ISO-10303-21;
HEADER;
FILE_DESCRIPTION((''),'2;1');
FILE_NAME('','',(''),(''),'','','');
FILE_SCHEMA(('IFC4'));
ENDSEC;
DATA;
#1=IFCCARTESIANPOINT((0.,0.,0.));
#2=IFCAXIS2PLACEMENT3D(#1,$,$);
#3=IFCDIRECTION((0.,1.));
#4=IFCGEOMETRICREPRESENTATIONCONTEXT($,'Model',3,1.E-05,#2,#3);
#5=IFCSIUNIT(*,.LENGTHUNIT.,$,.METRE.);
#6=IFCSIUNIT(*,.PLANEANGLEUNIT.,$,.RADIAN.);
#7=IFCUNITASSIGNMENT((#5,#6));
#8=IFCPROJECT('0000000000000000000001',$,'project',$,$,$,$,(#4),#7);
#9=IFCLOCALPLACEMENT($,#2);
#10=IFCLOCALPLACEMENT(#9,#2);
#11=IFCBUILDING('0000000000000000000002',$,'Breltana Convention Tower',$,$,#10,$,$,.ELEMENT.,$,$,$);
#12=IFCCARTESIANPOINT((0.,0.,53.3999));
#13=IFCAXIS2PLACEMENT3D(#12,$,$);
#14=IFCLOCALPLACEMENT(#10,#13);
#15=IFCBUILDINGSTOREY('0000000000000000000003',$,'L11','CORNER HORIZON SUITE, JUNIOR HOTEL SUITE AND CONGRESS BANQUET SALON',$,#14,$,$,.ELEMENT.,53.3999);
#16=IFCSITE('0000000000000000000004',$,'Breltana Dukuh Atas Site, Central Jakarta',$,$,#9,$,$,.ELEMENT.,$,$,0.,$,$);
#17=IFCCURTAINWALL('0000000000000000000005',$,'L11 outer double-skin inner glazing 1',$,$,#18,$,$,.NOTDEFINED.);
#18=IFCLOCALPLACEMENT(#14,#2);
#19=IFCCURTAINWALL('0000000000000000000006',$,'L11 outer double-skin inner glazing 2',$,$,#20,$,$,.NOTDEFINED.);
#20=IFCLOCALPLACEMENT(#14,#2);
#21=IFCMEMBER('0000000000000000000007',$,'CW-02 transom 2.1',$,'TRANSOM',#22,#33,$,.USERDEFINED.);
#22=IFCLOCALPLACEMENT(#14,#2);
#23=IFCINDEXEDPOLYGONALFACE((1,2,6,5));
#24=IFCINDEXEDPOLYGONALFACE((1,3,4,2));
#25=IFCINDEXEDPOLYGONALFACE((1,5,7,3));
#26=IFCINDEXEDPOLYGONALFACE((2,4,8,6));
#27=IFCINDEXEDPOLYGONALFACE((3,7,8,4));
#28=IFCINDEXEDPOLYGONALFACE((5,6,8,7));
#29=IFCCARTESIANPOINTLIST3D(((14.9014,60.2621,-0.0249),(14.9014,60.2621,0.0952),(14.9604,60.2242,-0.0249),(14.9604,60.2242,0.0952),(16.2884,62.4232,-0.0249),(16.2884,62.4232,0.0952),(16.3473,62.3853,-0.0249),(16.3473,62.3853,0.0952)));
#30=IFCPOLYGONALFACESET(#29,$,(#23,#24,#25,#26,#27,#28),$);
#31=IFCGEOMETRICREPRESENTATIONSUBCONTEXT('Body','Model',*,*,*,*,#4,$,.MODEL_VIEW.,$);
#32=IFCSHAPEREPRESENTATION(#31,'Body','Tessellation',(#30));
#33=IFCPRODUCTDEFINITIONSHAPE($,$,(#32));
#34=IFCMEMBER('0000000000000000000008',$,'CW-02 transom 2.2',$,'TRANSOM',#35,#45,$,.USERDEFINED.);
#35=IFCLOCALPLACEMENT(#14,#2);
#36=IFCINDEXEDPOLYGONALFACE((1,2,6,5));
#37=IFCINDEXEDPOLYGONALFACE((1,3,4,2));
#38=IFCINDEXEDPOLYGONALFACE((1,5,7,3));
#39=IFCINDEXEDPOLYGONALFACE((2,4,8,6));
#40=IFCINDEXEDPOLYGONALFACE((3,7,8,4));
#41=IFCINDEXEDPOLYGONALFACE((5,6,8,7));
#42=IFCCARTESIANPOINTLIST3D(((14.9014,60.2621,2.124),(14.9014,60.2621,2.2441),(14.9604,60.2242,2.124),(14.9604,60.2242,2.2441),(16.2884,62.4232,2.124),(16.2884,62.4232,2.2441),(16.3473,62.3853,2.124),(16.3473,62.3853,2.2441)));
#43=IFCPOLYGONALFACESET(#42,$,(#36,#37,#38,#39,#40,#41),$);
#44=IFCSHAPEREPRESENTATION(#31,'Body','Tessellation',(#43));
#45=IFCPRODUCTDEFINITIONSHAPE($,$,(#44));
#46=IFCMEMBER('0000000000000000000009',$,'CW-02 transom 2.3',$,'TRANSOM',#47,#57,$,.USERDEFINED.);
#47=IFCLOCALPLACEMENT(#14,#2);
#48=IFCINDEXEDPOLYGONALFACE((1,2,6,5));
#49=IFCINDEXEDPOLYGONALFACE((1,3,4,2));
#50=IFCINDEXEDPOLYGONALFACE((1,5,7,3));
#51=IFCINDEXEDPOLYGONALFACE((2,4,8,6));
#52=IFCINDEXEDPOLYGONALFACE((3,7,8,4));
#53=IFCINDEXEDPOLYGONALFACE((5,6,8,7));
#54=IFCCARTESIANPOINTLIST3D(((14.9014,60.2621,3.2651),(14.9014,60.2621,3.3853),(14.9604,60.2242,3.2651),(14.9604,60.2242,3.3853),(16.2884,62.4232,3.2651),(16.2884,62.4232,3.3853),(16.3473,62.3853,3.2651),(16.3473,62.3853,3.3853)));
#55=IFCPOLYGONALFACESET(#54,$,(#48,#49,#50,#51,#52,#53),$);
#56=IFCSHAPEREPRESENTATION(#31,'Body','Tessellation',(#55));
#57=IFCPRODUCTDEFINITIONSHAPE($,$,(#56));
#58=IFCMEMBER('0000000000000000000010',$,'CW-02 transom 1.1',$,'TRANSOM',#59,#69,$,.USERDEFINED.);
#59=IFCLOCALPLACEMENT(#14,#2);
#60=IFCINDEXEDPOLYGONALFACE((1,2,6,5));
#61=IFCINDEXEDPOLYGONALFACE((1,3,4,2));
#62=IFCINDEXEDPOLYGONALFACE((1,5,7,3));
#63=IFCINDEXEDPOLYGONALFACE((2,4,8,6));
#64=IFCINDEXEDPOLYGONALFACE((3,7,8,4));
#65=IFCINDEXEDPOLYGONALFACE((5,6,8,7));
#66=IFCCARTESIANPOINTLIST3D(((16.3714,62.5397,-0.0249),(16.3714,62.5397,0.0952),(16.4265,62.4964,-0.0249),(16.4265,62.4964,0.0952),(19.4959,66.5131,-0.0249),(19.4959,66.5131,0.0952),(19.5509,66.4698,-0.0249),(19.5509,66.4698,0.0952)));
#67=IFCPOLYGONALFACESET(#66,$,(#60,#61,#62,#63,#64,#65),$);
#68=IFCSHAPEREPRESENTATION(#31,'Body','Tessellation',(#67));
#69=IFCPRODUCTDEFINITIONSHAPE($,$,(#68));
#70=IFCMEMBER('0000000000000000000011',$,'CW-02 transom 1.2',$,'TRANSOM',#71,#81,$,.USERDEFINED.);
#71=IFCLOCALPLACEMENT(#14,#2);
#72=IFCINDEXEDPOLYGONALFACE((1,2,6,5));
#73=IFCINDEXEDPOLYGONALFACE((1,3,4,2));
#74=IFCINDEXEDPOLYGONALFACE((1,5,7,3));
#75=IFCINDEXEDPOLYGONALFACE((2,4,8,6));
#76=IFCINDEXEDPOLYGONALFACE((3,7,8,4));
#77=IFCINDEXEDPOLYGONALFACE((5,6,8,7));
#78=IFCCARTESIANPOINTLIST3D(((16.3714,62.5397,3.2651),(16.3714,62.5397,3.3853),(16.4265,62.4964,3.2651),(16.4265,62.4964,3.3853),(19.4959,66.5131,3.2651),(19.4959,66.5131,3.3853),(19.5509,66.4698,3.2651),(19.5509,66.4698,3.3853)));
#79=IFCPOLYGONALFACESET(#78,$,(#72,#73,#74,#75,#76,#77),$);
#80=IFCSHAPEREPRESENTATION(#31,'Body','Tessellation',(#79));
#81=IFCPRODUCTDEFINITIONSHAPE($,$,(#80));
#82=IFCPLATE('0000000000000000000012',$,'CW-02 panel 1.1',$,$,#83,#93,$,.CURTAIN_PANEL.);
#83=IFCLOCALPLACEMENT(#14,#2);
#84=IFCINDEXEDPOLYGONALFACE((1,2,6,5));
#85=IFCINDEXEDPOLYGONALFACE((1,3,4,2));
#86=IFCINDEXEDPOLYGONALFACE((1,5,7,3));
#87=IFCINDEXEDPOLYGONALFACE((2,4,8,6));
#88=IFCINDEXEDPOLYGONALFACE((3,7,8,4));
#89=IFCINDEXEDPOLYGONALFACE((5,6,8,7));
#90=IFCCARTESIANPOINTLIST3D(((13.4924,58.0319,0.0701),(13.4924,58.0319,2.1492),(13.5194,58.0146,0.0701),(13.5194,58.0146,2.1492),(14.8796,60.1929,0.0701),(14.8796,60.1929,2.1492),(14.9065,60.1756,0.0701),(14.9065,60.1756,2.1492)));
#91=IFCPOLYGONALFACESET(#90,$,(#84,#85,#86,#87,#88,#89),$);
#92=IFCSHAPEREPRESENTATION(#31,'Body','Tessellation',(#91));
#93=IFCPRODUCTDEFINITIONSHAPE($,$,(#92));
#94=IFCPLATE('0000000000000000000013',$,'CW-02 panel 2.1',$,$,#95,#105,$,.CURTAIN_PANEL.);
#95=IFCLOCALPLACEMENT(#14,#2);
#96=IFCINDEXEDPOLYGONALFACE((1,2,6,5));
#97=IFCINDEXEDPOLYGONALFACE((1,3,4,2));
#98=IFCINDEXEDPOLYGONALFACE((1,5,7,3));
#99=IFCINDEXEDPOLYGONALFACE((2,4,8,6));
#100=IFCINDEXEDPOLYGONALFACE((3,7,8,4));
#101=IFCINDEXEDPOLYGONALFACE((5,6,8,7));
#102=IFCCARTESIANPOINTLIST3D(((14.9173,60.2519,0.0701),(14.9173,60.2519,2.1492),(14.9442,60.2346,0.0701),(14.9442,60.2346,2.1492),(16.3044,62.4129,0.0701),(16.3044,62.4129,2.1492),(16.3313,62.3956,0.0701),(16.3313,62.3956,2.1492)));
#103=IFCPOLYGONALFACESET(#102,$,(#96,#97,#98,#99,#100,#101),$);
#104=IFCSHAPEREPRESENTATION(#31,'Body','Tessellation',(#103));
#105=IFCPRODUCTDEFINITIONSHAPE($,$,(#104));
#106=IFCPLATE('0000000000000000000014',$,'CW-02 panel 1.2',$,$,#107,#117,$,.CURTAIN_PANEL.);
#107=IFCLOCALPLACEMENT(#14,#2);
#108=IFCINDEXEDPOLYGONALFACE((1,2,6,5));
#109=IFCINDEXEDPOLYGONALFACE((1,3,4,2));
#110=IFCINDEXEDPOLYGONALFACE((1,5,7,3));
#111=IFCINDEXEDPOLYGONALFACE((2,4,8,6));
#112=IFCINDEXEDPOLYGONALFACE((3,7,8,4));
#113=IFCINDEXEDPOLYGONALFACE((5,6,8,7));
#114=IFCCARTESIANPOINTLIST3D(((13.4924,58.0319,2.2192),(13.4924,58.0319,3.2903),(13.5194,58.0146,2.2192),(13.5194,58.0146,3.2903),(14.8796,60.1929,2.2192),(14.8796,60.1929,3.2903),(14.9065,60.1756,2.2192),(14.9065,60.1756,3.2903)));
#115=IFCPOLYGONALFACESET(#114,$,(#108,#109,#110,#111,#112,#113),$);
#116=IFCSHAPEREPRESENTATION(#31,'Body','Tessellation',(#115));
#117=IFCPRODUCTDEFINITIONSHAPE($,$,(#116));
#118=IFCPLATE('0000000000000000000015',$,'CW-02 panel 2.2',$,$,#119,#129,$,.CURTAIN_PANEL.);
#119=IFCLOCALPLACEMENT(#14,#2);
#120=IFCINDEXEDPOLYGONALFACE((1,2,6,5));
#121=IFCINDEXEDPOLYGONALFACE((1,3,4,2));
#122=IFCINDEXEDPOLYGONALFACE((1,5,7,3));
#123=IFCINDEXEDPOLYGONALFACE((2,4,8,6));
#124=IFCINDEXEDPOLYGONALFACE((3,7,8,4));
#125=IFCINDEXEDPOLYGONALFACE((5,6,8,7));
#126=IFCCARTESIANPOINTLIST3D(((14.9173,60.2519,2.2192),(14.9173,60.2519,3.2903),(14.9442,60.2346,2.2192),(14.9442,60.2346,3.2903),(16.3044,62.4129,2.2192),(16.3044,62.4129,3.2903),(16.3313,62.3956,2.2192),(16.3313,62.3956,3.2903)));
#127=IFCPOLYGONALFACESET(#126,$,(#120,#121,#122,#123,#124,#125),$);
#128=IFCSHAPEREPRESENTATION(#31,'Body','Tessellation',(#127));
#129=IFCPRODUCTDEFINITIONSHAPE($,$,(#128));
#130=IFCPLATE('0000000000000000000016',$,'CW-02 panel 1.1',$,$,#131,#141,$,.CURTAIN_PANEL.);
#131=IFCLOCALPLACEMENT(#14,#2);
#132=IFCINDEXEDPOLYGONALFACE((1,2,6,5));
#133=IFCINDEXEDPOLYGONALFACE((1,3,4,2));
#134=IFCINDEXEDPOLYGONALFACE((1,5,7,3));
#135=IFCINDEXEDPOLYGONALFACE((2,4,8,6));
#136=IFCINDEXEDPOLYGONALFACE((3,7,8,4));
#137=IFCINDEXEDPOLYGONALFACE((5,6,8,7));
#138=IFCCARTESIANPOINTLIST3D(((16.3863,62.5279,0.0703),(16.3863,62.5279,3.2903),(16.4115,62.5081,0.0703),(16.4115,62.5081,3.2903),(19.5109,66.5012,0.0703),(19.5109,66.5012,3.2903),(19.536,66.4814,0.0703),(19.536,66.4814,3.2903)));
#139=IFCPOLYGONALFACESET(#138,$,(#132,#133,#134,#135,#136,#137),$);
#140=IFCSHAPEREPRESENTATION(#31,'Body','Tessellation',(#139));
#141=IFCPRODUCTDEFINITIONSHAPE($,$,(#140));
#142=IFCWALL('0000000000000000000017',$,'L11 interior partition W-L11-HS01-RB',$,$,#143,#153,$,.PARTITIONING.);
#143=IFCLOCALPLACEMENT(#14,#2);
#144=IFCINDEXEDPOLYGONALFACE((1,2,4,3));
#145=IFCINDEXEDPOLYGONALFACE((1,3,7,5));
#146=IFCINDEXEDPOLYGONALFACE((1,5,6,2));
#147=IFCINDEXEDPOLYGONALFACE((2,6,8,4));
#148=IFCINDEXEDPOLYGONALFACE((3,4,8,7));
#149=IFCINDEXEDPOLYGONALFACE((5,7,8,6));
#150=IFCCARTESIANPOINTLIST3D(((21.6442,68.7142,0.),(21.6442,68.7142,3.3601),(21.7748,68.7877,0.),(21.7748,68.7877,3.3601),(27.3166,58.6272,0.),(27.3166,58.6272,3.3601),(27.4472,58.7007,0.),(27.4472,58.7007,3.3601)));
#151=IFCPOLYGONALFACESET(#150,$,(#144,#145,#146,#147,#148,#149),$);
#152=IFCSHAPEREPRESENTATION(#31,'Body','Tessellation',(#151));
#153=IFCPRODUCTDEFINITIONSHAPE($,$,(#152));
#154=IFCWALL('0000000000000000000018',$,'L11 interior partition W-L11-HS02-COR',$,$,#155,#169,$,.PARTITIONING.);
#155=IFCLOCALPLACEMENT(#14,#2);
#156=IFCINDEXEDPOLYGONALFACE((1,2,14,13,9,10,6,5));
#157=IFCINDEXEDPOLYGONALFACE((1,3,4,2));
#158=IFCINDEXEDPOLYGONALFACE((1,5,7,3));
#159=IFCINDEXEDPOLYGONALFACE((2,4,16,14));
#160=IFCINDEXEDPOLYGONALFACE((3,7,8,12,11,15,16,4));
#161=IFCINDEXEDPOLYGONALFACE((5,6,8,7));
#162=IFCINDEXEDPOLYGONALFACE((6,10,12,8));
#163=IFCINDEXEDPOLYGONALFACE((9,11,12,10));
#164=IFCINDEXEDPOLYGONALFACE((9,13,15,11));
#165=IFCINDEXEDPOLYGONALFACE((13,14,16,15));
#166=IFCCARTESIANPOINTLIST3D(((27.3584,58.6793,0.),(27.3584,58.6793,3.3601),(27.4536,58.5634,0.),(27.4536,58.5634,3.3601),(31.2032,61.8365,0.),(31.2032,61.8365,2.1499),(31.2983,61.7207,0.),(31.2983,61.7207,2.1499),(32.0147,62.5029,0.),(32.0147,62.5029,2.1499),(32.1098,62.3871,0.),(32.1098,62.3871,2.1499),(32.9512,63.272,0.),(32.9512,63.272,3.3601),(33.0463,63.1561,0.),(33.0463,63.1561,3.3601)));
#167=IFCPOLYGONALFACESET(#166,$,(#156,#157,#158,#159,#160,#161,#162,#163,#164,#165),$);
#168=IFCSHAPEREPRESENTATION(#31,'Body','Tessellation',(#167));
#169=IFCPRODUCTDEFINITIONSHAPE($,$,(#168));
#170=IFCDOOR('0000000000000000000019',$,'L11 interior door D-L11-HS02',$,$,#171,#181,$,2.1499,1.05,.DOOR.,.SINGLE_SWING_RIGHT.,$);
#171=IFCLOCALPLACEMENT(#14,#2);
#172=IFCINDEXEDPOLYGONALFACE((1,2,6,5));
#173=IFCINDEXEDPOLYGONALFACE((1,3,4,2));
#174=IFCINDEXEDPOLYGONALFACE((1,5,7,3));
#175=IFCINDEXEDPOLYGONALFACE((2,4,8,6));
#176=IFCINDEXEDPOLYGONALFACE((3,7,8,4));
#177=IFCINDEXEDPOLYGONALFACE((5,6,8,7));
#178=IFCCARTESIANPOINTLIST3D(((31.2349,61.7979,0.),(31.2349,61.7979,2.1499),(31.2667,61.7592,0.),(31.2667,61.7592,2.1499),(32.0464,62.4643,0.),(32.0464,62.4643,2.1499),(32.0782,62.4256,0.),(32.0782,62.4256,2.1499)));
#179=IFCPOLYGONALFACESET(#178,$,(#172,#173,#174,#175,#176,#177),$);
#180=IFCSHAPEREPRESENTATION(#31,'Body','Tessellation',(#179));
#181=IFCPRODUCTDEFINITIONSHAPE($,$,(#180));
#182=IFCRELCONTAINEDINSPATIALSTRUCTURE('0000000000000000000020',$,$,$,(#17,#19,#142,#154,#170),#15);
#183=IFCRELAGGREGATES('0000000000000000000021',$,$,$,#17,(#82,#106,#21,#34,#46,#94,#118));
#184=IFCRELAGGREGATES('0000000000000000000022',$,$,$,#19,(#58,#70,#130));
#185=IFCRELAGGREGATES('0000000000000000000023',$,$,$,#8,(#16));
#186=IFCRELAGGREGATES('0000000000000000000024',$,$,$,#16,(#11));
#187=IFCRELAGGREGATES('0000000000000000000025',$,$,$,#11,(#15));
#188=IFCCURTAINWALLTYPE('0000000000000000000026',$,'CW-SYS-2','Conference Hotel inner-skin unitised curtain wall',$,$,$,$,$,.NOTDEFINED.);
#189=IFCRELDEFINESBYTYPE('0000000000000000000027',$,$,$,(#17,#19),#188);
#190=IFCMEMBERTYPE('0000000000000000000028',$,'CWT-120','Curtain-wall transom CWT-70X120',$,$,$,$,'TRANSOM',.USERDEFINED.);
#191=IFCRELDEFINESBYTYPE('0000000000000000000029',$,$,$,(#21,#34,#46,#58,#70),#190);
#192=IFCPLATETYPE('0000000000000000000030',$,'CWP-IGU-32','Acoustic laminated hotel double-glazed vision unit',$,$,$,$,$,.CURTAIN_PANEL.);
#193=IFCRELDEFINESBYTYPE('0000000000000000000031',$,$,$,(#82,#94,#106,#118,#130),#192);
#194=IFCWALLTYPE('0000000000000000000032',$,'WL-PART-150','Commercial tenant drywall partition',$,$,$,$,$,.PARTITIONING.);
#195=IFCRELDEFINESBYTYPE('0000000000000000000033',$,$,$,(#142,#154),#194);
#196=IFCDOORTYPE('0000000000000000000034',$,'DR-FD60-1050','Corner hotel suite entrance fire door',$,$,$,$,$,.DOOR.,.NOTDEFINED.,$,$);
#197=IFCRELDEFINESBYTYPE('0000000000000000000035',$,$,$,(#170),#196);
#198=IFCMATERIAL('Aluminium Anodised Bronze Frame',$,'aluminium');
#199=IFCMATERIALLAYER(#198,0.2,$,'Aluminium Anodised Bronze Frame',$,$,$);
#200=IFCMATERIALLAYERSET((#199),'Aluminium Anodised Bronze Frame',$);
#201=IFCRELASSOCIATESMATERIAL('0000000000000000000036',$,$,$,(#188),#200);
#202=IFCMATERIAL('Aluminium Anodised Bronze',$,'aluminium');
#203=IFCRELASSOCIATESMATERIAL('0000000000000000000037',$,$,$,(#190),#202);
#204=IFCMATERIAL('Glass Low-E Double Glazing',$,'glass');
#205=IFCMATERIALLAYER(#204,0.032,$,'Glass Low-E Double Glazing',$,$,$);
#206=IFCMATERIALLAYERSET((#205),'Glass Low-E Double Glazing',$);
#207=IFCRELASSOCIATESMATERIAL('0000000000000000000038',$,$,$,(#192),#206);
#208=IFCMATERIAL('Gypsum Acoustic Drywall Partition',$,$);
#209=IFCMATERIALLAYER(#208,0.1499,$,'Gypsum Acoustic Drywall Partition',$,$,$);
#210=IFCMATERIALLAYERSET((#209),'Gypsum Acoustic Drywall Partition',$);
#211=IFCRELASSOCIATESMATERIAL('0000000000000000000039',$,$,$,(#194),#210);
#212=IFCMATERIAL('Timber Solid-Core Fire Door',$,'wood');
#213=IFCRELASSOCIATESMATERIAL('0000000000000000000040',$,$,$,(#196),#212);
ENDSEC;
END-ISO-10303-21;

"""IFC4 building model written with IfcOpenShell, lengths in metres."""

from ifc_helpers import new_model, si_unit, direction, frame, frame_2d, origin, origin_2d, place, context, subcontext, project, spatial, rectangle, extrude, source, transform, mapped, material, layer, layer_set, material_profile, profile_set, type_object, type_shapes, element, fill, aggregate, save


model = new_model("IFC4")

# Units and contexts
model_context = context("Model", 3, precision=1e-05, world=origin(), true_north=direction((0.0, 1.0)))
body_context = subcontext(model_context, "Body", "Model", "MODEL_VIEW")
ifc_project = project(units=[si_unit("LENGTHUNIT", "METRE"), si_unit("PLANEANGLEUNIT", "RADIAN")], contexts=[model_context])

# Site, building, storey
site_placement = place(None, origin())
site = spatial("IfcSite", under=ifc_project, at=site_placement, Name="Breltana Dukuh Atas Site, Central Jakarta", CompositionType="ELEMENT", RefElevation=0.0)
building_placement = place(site_placement, origin())
building = spatial("IfcBuilding", under=site, at=building_placement, Name="Breltana Convention Tower", CompositionType="ELEMENT")
storey_placement = place(building_placement, frame((0.0, 0.0, 53.3999)))
storey = spatial("IfcBuildingStorey", under=building, at=storey_placement, Name="L11", Description="CORNER HORIZON SUITE, JUNIOR HOTEL SUITE AND CONGRESS BANQUET SALON", CompositionType="ELEMENT", Elevation=53.3999)

# Curtain walls
ifc_material_1 = material(Name="Aluminium Anodised Bronze Frame", Category="aluminium")
ifc_layer_1 = layer(ifc_material_1, 0.2, Name="Aluminium Anodised Bronze Frame")
ifc_layer_set_1 = layer_set([ifc_layer_1], Name="Aluminium Anodised Bronze Frame")
curtain_wall_type = type_object("IfcCurtainWallType", Name="CW-SYS-2", Description="Conference Hotel inner-skin unitised curtain wall", PredefinedType="NOTDEFINED", material=ifc_layer_set_1)
curtain_wall_1_placement = place(storey_placement, origin())
curtain_wall_1 = element("IfcCurtainWall", 1, at=curtain_wall_1_placement, inside=storey, type_object=curtain_wall_type, Name="L11 outer double-skin inner glazing 1", PredefinedType="NOTDEFINED")
ifc_material_2 = material(Name="Aluminium Anodised Bronze", Category="aluminium")
curtain_wall_2_placement = place(storey_placement, origin())
curtain_wall_2 = element("IfcCurtainWall", 2, at=curtain_wall_2_placement, inside=storey, type_object=curtain_wall_type, Name="L11 outer double-skin inner glazing 2", PredefinedType="NOTDEFINED")

# Members
ifc_material_profile_1 = material_profile(ifc_material_2, rectangle(XDim=0.0701, YDim=0.1201, at=origin_2d()), Name="CWT-70X120")
ifc_profile_set_1 = profile_set([ifc_material_profile_1], Name="Aluminium Anodised Bronze")
member_type_1 = type_object("IfcMemberType", Name="CWT-120", Description="Curtain-wall transom CWT-70X120", ElementType="TRANSOM", PredefinedType="USERDEFINED", material=ifc_profile_set_1)
shared_shape_1 = source(origin(), body_context, "Body", "SweptSolid", [
    extrude(rectangle(XDim=0.0701, YDim=0.1201, at=origin_2d()), origin(), (0.0, 0.0, 1.0), 2.5679),
])
type_shapes(member_type_1, [shared_shape_1])
member_1_placement = place(storey_placement, frame((14.9309, 60.2432, 0.0352), z_axis=(0.540114, 0.841592, 0.0), x_axis=(-0.841592, 0.540114, 0.0)))
member_1 = element("IfcMember", 3, at=member_1_placement, type_object=member_type_1, Name="CW-02 transom 2.1", ObjectType="TRANSOM", PredefinedType="USERDEFINED", context=body_context, shape_type="MappedRepresentation", body=[
    mapped(shared_shape_1, transform((0.0, 0.0, 0.0), scale=1.0)),
])
member_2_placement = place(storey_placement, frame((14.9309, 60.2432, 2.1841), z_axis=(0.540114, 0.841592, 0.0), x_axis=(-0.841592, 0.540114, 0.0)))
member_2 = element("IfcMember", 4, at=member_2_placement, type_object=member_type_1, Name="CW-02 transom 2.2", ObjectType="TRANSOM", PredefinedType="USERDEFINED", context=body_context, shape_type="MappedRepresentation", body=[
    mapped(shared_shape_1, transform((0.0, 0.0, 0.0), scale=1.0)),
])
member_3_placement = place(storey_placement, frame((14.9309, 60.2432, 3.3252), z_axis=(0.540114, 0.841592, 0.0), x_axis=(-0.841592, 0.540114, 0.0)))
member_3 = element("IfcMember", 5, at=member_3_placement, type_object=member_type_1, Name="CW-02 transom 2.3", ObjectType="TRANSOM", PredefinedType="USERDEFINED", context=body_context, shape_type="MappedRepresentation", body=[
    mapped(shared_shape_1, transform((0.0, 0.0, 0.0), scale=1.0)),
])
shared_shape_2 = source(origin(), body_context, "Body", "SweptSolid", [
    extrude(rectangle(XDim=0.0701, YDim=0.1201, at=origin_2d()), origin(), (0.0, 0.0, 1.0), 5.0547),
])
member_4_placement = place(storey_placement, frame((16.3989, 62.5181, 0.0352), z_axis=(0.618135, 0.786072, 0.0), x_axis=(-0.786072, 0.618135, 0.0)))
member_4 = element("IfcMember", 6, at=member_4_placement, type_object=member_type_1, Name="CW-02 transom 1.1", ObjectType="TRANSOM", PredefinedType="USERDEFINED", context=body_context, shape_type="MappedRepresentation", body=[
    mapped(shared_shape_2, transform((0.0, 0.0, 0.0), scale=1.0)),
])
member_5_placement = place(storey_placement, frame((16.3989, 62.5181, 3.3252), z_axis=(0.618135, 0.786072, 0.0), x_axis=(-0.786072, 0.618135, 0.0)))
member_5 = element("IfcMember", 7, at=member_5_placement, type_object=member_type_1, Name="CW-02 transom 1.2", ObjectType="TRANSOM", PredefinedType="USERDEFINED", context=body_context, shape_type="MappedRepresentation", body=[
    mapped(shared_shape_2, transform((0.0, 0.0, 0.0), scale=1.0)),
])

# Plates
ifc_material_3 = material(Name="Glass Low-E Double Glazing", Category="glass")
ifc_layer_2 = layer(ifc_material_3, 0.032, Name="Glass Low-E Double Glazing")
ifc_layer_set_2 = layer_set([ifc_layer_2], Name="Glass Low-E Double Glazing")
plate_type = type_object("IfcPlateType", Name="CWP-IGU-32", Description="Acoustic laminated hotel double-glazed vision unit", PredefinedType="CURTAIN_PANEL", material=ifc_layer_set_2)
shared_shape_3 = source(origin(), body_context, "Body", "SweptSolid", [
    extrude(rectangle(XDim=2.5679, YDim=0.032, at=origin_2d()), origin(), (0.0, 0.0, 1.0), 2.0791),
])
type_shapes(plate_type, [shared_shape_3])
plate_1_placement = place(storey_placement, frame((14.1995, 59.1038, 0.0701), z_axis=(0.0, 0.0, 1.0), x_axis=(0.540181, 0.841549, 0.0)))
plate_1 = element("IfcPlate", 8, at=plate_1_placement, type_object=plate_type, Name="CW-02 panel 1.1", PredefinedType="CURTAIN_PANEL", context=body_context, shape_type="MappedRepresentation", body=[
    mapped(shared_shape_3, transform((0.0, 0.0, 0.0), scale=1.0)),
])
plate_2_placement = place(storey_placement, frame((15.6243, 61.3237, 0.0701), z_axis=(0.0, 0.0, 1.0), x_axis=(0.540181, 0.841549, 0.0)))
plate_2 = element("IfcPlate", 9, at=plate_2_placement, type_object=plate_type, Name="CW-02 panel 2.1", PredefinedType="CURTAIN_PANEL", context=body_context, shape_type="MappedRepresentation", body=[
    mapped(shared_shape_3, transform((0.0, 0.0, 0.0), scale=1.0)),
])
shared_shape_4 = source(origin(), body_context, "Body", "SweptSolid", [
    extrude(rectangle(XDim=2.5679, YDim=0.032, at=origin_2d()), origin(), (0.0, 0.0, 1.0), 1.071),
])
plate_3_placement = place(storey_placement, frame((14.1995, 59.1038, 2.2192), z_axis=(0.0, 0.0, 1.0), x_axis=(0.540181, 0.841549, 0.0)))
plate_3 = element("IfcPlate", 10, at=plate_3_placement, type_object=plate_type, Name="CW-02 panel 1.2", PredefinedType="CURTAIN_PANEL", context=body_context, shape_type="MappedRepresentation", body=[
    mapped(shared_shape_4, transform((0.0, 0.0, 0.0), scale=1.0)),
])
plate_4_placement = place(storey_placement, frame((15.6243, 61.3237, 2.2192), z_axis=(0.0, 0.0, 1.0), x_axis=(0.540181, 0.841549, 0.0)))
plate_4 = element("IfcPlate", 11, at=plate_4_placement, type_object=plate_type, Name="CW-02 panel 2.2", PredefinedType="CURTAIN_PANEL", context=body_context, shape_type="MappedRepresentation", body=[
    mapped(shared_shape_4, transform((0.0, 0.0, 0.0), scale=1.0)),
])
aggregate(curtain_wall_1, [plate_1, plate_3, member_1, member_2, member_3, plate_2, plate_4])
shared_shape_5 = source(origin(), body_context, "Body", "SweptSolid", [
    extrude(rectangle(XDim=5.0547, YDim=0.032, at=origin_2d()), origin(), (0.0, 0.0, 1.0), 3.22),
])
plate_5_placement = place(storey_placement, frame((17.9612, 64.5046, 0.0703), z_axis=(0.0, 0.0, 1.0), x_axis=(0.618154, 0.786057, 0.0)))
plate_5 = element("IfcPlate", 12, at=plate_5_placement, type_object=plate_type, Name="CW-02 panel 1.1", PredefinedType="CURTAIN_PANEL", context=body_context, shape_type="MappedRepresentation", body=[
    mapped(shared_shape_5, transform((0.0, 0.0, 0.0), scale=1.0)),
])
aggregate(curtain_wall_2, [member_4, member_5, plate_5])

# Wall
ifc_material_4 = material(Name="Gypsum Acoustic Drywall Partition")
ifc_layer_3 = layer(ifc_material_4, 0.1499, Name="Gypsum Acoustic Drywall Partition")
ifc_layer_set_3 = layer_set([ifc_layer_3], Name="Gypsum Acoustic Drywall Partition")
wall_type_1 = type_object("IfcWallType", Name="WL-PART-150", Description="Commercial tenant drywall partition", PredefinedType="PARTITIONING", material=ifc_layer_set_3)
shared_shape_6 = source(origin(), body_context, "Body", "SweptSolid", [
    extrude(rectangle(XDim=11.5725, YDim=0.1499, at=frame_2d((5.7861, 0.0))), origin(), (0.0, 0.0, 1.0), 3.3601),
])
wall_1_placement = place(storey_placement, frame((27.3818, 58.6641, 0.0), z_axis=(0.0, 0.0, 1.0), x_axis=(-0.490161, 0.871632, 0.0)))
element("IfcWall", 13, at=wall_1_placement, inside=storey, type_object=wall_type_1, Name="L11 interior partition W-L11-HS01-RB", PredefinedType="PARTITIONING", context=body_context, shape_type="MappedRepresentation", body=[
    mapped(shared_shape_6, transform((0.0, 0.0, 0.0), scale=1.0)),
])

# Wall, opening, door
shared_shape_7 = source(origin(), body_context, "Body", "SweptSolid", [
    extrude(rectangle(XDim=7.2368, YDim=0.1499, at=frame_2d((3.6184, 0.0))), origin(), (0.0, 0.0, 1.0), 3.3601),
])
wall_2_placement = place(storey_placement, frame((27.406, 58.6213, 0.0), z_axis=(0.0, 0.0, 1.0), x_axis=(0.772814, 0.634633, 0.0)))
wall_2 = element("IfcWall", 14, at=wall_2_placement, inside=storey, type_object=wall_type_1, Name="L11 interior partition W-L11-HS02-COR", PredefinedType="PARTITIONING", context=body_context, shape_type="MappedRepresentation", body=[
    mapped(shared_shape_7, transform((0.0, 0.0, 0.0), scale=1.0)),
])
opening_1_placement = place(wall_2_placement, frame((4.9751, 0.0, 0.0)))
opening_1 = element("IfcOpeningElement", 15, at=opening_1_placement, cuts=wall_2, PredefinedType="OPENING", context=body_context, shape_type="SweptSolid", body=[
    extrude(rectangle(XDim=1.05, YDim=2.1499, at=frame_2d((0.5249, 1.075))), frame((0.0, 0.085, 0.0), z_axis=(0.0, -1.0, 0.0), x_axis=(1.0, 0.0, 0.0)), (0.0, 0.0, 1.0), 0.1699),
])
ifc_material_5 = material(Name="Timber Solid-Core Fire Door", Category="wood")
door_type_1 = type_object("IfcDoorType", Name="DR-FD60-1050", Description="Corner hotel suite entrance fire door", OperationType="NOTDEFINED", PredefinedType="DOOR", material=ifc_material_5)
shared_shape_8 = source(origin(), body_context, "Body", "SweptSolid", [
    extrude(rectangle(XDim=1.05, YDim=2.1499, at=frame_2d((0.5249, 1.075))), frame((0.0, 0.0249, 0.0), z_axis=(0.0, -1.0, 0.0), x_axis=(1.0, 0.0, 0.0)), (0.0, 0.0, 1.0), 0.05),
])
type_shapes(door_type_1, [shared_shape_8])
door_1_placement = place(opening_1_placement, origin())
door_1 = element("IfcDoor", 16, at=door_1_placement, inside=storey, type_object=door_type_1, Name="L11 interior door D-L11-HS02", OperationType="SINGLE_SWING_RIGHT", OverallHeight=2.1499, OverallWidth=1.05, PredefinedType="DOOR", context=body_context, shape_type="MappedRepresentation", body=[
    mapped(shared_shape_8, transform((0.0, 0.0, 0.0), scale=1.0)),
])
fill(opening_1, door_1)

save(model, "model.ifc")
